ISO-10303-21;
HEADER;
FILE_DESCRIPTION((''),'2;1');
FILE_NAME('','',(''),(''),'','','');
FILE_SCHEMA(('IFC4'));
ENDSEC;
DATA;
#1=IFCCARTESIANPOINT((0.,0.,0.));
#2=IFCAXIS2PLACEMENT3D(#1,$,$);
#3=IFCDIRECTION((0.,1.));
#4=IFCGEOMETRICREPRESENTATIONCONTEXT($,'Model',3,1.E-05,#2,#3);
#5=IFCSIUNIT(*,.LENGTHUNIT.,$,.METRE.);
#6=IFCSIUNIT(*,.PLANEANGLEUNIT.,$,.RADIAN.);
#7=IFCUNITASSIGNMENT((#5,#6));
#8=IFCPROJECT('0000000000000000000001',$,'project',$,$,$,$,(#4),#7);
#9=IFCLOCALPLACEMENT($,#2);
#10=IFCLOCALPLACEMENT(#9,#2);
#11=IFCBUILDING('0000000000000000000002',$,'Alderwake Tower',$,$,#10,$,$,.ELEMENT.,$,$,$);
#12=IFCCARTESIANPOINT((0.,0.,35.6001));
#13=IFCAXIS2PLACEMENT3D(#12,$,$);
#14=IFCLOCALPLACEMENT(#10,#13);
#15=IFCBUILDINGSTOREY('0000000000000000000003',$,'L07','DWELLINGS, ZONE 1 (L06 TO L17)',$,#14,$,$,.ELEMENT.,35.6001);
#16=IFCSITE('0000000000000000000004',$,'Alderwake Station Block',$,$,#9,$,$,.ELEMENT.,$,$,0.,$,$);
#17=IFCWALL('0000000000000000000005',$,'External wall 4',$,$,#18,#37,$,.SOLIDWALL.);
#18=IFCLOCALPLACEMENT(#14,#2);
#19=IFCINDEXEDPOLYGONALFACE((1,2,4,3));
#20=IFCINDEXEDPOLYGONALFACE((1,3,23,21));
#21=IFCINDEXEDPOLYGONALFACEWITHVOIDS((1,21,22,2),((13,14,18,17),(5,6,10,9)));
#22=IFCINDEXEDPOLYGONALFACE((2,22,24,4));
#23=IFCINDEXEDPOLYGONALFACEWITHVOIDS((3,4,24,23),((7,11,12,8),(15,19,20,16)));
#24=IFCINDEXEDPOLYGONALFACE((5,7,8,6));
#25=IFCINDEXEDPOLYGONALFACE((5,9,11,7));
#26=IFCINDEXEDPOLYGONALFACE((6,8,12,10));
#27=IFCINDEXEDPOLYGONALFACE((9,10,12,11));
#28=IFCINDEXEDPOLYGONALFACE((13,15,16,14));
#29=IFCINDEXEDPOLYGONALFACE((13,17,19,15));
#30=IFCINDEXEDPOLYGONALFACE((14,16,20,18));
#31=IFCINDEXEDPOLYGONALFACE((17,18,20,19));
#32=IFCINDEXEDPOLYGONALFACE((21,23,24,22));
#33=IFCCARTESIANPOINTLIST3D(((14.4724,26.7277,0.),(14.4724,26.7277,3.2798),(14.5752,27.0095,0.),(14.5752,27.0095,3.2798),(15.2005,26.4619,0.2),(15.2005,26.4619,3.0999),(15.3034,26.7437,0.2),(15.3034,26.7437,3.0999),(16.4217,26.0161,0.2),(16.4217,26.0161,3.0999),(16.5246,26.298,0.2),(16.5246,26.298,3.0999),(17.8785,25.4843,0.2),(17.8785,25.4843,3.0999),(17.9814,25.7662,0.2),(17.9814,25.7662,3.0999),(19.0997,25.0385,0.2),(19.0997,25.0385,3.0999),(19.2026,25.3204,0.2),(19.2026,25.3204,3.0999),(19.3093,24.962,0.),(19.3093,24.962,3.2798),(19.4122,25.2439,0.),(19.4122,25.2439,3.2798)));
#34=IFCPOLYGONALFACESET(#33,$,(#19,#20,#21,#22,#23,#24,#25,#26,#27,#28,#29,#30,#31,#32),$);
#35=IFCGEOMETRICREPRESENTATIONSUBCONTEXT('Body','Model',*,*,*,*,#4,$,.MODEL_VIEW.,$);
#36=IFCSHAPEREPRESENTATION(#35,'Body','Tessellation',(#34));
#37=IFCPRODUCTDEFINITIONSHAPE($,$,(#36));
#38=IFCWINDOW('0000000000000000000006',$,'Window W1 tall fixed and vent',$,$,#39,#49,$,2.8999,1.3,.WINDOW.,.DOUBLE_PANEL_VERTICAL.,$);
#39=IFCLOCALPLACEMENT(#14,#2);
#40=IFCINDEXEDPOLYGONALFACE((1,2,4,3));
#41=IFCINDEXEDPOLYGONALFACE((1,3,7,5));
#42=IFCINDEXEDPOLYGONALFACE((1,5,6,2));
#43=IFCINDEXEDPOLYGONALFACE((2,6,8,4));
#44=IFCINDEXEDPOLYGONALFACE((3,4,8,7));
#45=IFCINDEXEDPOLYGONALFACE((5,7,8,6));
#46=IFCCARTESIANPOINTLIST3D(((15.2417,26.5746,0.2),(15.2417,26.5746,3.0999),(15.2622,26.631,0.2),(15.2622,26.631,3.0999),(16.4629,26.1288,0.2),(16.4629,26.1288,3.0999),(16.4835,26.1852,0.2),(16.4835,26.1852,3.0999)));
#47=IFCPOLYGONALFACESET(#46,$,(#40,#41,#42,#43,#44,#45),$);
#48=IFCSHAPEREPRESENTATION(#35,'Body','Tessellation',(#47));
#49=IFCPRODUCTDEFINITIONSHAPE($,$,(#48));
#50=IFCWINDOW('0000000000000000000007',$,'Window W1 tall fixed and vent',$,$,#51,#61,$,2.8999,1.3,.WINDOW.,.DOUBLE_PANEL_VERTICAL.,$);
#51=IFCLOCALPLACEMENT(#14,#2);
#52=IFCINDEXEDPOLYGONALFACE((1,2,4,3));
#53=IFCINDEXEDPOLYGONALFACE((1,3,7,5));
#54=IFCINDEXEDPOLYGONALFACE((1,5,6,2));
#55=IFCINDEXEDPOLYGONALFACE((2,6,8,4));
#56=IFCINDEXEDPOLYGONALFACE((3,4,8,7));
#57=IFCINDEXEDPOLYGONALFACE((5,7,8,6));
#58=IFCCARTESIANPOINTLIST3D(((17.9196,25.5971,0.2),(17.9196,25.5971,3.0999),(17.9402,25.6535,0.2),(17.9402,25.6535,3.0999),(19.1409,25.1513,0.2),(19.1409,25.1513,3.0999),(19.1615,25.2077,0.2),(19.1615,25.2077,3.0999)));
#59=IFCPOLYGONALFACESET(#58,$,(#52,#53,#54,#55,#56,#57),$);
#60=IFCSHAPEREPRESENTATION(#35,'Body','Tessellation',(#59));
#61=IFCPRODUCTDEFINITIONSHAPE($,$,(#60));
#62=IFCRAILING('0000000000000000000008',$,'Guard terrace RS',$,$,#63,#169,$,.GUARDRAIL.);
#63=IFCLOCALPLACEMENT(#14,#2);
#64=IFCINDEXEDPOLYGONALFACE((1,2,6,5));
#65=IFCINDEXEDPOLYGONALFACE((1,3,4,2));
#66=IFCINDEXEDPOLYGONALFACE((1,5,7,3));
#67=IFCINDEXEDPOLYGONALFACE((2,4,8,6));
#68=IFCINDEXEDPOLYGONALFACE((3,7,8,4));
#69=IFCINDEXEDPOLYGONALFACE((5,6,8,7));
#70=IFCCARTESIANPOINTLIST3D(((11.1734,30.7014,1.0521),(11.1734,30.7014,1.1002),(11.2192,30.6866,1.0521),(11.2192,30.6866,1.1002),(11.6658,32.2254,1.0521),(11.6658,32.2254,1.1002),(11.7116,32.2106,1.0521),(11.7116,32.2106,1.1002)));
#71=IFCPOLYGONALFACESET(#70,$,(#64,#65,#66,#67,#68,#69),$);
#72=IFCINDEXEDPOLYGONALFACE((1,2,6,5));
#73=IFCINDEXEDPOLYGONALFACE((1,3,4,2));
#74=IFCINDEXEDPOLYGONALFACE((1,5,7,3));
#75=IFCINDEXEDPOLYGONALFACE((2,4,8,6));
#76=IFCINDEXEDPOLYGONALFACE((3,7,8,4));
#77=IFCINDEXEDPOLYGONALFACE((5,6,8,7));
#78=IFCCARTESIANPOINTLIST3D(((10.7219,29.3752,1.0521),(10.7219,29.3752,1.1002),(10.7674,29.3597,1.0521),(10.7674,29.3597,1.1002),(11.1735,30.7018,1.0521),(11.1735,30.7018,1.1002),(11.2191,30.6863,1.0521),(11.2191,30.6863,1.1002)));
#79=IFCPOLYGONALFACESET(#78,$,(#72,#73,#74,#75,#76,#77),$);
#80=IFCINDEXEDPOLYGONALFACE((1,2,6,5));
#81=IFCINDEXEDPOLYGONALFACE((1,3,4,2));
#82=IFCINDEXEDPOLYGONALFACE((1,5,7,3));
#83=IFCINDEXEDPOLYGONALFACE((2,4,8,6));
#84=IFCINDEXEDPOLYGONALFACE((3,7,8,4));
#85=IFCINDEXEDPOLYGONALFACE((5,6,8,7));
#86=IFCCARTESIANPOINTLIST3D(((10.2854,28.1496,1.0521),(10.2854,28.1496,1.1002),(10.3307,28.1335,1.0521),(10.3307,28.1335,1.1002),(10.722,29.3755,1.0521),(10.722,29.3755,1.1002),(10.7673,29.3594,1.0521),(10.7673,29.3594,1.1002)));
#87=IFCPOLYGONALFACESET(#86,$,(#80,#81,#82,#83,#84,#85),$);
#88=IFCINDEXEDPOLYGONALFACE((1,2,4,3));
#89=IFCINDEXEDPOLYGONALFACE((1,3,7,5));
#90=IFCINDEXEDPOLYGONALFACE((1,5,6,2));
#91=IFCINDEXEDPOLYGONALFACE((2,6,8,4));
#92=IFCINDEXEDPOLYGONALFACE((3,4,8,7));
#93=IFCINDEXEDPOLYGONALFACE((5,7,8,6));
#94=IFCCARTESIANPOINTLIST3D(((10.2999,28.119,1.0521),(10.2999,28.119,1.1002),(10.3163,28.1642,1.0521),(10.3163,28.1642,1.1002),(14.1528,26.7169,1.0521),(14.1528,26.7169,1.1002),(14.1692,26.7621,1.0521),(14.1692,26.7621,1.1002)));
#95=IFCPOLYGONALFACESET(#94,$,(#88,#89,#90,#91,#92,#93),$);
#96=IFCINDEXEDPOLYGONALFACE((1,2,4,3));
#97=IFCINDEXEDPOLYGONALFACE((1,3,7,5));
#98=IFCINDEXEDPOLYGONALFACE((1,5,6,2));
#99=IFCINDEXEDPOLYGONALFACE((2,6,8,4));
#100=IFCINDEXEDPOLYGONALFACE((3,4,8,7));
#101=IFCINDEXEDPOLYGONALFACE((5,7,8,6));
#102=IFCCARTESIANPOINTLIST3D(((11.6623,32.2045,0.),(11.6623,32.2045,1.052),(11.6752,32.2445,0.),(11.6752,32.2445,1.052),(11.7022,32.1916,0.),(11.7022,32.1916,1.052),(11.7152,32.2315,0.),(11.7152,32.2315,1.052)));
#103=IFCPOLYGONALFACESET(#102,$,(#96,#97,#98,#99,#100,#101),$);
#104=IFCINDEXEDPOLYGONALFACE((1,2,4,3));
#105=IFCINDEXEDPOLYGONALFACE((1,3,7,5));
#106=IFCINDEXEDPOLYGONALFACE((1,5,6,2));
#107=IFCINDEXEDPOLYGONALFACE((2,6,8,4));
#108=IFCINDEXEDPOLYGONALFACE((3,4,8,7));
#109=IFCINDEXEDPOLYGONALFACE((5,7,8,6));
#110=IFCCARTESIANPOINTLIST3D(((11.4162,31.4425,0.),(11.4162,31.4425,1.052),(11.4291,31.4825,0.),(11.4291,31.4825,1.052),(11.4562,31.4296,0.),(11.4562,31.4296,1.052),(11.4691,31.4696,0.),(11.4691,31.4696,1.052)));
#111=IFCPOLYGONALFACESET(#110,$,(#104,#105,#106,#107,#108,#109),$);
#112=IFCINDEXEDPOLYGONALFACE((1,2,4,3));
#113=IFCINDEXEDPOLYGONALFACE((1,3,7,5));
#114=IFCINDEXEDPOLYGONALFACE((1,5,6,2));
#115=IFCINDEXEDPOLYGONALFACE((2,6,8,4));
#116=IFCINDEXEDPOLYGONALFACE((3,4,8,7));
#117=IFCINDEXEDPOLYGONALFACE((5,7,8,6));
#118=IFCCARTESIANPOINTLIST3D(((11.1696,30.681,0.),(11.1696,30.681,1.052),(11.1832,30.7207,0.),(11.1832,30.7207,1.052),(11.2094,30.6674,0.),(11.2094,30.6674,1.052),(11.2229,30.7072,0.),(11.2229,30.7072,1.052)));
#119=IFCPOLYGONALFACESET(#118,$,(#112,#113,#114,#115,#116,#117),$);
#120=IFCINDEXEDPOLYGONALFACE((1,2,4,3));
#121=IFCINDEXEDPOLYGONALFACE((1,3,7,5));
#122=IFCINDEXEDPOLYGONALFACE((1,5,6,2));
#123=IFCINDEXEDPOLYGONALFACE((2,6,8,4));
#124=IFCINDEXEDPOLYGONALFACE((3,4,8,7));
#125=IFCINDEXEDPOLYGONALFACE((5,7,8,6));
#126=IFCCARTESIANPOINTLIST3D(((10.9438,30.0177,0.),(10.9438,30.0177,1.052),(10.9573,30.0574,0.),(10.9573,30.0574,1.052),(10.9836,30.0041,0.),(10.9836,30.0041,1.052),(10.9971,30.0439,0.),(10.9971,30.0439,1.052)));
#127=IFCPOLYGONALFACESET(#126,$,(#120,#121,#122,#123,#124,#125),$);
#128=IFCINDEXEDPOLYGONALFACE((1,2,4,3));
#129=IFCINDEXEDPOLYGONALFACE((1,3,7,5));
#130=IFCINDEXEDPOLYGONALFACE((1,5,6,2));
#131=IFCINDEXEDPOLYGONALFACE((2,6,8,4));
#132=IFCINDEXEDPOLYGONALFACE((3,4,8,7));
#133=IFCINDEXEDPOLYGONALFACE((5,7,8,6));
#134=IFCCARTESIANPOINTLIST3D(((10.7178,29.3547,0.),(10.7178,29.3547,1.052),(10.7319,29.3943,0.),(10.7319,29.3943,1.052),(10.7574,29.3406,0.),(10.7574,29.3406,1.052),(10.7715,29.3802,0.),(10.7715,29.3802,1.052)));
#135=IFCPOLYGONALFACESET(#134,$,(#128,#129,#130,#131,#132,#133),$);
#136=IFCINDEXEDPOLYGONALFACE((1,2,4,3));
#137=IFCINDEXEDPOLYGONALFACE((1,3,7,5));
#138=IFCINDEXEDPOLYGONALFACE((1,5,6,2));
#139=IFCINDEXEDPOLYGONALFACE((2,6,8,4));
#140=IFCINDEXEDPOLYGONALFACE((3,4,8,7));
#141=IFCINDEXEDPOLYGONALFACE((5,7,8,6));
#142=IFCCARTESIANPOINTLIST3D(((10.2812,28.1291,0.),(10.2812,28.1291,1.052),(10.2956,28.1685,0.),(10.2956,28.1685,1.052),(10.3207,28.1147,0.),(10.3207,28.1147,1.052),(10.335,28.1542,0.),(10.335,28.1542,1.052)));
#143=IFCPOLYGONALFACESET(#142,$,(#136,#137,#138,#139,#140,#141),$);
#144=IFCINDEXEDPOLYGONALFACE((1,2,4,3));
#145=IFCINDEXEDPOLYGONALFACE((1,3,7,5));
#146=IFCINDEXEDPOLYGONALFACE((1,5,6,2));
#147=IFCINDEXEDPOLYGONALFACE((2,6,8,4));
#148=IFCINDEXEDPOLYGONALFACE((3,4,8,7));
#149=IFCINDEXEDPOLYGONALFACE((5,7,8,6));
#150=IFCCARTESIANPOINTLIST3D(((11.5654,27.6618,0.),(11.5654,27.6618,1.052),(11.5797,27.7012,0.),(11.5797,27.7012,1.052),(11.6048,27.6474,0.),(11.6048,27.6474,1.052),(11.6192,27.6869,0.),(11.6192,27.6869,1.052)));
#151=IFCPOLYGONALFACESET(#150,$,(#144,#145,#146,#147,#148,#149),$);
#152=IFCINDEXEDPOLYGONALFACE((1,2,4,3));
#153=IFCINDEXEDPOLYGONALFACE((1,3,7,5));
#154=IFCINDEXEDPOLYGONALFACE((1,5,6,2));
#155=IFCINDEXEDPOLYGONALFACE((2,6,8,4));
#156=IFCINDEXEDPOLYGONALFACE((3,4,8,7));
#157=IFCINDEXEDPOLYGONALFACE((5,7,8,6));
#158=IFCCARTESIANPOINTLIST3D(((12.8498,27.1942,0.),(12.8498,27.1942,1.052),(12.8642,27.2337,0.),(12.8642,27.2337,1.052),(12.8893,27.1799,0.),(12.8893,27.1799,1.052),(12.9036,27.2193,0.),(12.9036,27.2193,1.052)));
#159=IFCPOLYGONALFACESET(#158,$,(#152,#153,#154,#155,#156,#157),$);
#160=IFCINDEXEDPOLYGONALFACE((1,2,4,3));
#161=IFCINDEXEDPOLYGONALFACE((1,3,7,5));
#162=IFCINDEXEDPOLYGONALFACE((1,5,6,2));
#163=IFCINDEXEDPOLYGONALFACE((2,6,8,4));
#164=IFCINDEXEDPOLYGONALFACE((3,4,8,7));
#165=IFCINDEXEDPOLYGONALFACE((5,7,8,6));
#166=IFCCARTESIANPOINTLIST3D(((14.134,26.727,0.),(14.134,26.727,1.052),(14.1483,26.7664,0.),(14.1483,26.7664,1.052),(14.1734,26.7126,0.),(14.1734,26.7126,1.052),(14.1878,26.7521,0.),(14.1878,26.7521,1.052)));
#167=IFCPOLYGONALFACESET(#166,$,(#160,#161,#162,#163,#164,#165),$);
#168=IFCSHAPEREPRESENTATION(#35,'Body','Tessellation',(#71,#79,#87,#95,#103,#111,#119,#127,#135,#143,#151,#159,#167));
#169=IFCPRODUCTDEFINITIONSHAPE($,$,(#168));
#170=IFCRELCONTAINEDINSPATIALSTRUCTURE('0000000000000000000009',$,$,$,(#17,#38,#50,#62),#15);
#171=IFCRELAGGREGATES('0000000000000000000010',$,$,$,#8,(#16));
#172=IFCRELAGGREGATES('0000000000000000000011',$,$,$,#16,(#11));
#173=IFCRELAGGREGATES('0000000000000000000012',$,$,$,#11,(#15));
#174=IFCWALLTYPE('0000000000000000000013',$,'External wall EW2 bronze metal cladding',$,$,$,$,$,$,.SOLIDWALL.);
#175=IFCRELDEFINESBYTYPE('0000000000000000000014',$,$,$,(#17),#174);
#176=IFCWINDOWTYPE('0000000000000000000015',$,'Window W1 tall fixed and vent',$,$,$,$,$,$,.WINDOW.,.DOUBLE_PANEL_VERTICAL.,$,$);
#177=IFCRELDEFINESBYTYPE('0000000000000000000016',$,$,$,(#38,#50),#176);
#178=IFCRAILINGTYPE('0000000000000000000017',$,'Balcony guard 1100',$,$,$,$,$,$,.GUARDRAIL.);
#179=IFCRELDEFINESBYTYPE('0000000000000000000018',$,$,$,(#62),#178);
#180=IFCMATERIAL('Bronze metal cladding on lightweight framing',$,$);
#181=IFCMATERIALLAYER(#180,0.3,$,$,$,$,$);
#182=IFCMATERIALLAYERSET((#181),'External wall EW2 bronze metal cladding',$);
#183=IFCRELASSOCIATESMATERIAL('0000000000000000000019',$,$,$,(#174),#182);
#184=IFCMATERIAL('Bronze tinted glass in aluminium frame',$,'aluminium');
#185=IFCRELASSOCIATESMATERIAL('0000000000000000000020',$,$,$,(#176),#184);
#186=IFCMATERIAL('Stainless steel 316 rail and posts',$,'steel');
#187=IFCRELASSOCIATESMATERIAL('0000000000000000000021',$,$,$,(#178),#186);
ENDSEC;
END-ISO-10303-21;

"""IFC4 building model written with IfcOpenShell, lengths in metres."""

from ifc_helpers import new_model, si_unit, direction, frame, frame_2d, origin, origin_2d, place, context, subcontext, project, spatial, rectangle, extrude, material, layer, layer_set, type_object, element, fill, save


model = new_model("IFC4")

# Units and contexts
model_context = context("Model", 3, precision=1e-05, world=origin(), true_north=direction((0.0, 1.0)))
body_context = subcontext(model_context, "Body", "Model", "MODEL_VIEW")
ifc_project = project(units=[si_unit("LENGTHUNIT", "METRE"), si_unit("PLANEANGLEUNIT", "RADIAN")], contexts=[model_context])

# Site, building, storey
site_placement = place(None, origin())
site = spatial("IfcSite", under=ifc_project, at=site_placement, Name="Alderwake Station Block", CompositionType="ELEMENT", RefElevation=0.0)
building_placement = place(site_placement, origin())
building = spatial("IfcBuilding", under=site, at=building_placement, Name="Alderwake Tower", CompositionType="ELEMENT")
storey_placement = place(building_placement, frame((0.0, 0.0, 35.6001)))
storey = spatial("IfcBuildingStorey", under=building, at=storey_placement, Name="L07", Description="DWELLINGS, ZONE 1 (L06 TO L17)", CompositionType="ELEMENT", Elevation=35.6001)

# Shared definitions
ifc_material_1 = material(Name="Bronze metal cladding on lightweight framing")
ifc_layer_1 = layer(ifc_material_1, 0.3)
ifc_layer_set_1 = layer_set([ifc_layer_1], Name="External wall EW2 bronze metal cladding")
wall_type = type_object("IfcWallType", Name="External wall EW2 bronze metal cladding", PredefinedType="SOLIDWALL", material=ifc_layer_set_1)
ifc_material_2 = material(Name="Bronze tinted glass in aluminium frame", Category="aluminium")
window_type = type_object("IfcWindowType", Name="Window W1 tall fixed and vent", PartitioningType="DOUBLE_PANEL_VERTICAL", PredefinedType="WINDOW", material=ifc_material_2)

# Wall, openings, windows
wall_1_placement = place(storey_placement, frame((14.5237, 26.8687, 0.0), z_axis=(0.0, 0.0, 1.0), x_axis=(0.939372, -0.3429, 0.0)))
wall_1 = element("IfcWall", 1, at=wall_1_placement, inside=storey, type_object=wall_type, Name="External wall 4", PredefinedType="SOLIDWALL", context=body_context, shape_type="SweptSolid", body=[
    extrude(rectangle(XDim=5.1492, YDim=0.3, at=frame_2d((2.5747, 0.0))), origin(), (0.0, 0.0, 1.0), 3.2798),
])
opening_1_placement = place(wall_1_placement, frame((0.7754, 0.0, 0.2)))
opening_1 = element("IfcOpeningElement", 2, at=opening_1_placement, cuts=wall_1, PredefinedType="OPENING", context=body_context, shape_type="SweptSolid", body=[
    extrude(rectangle(XDim=1.3, YDim=2.8999, at=frame_2d((0.6499, 1.45))), frame((0.0, 0.1599, 0.0), z_axis=(0.0, -1.0, 0.0), x_axis=(1.0, 0.0, 0.0)), (0.0, 0.0, 1.0), 0.3201),
])
opening_2_placement = place(wall_1_placement, frame((3.6262, 0.0, 0.2)))
opening_2 = element("IfcOpeningElement", 3, at=opening_2_placement, cuts=wall_1, PredefinedType="OPENING", context=body_context, shape_type="SweptSolid", body=[
    extrude(rectangle(XDim=1.3, YDim=2.8999, at=frame_2d((0.6499, 1.45))), frame((0.0, 0.1599, 0.0), z_axis=(0.0, -1.0, 0.0), x_axis=(1.0, 0.0, 0.0)), (0.0, 0.0, 1.0), 0.3201),
])
window_1_placement = place(opening_1_placement, origin())
window_1 = element("IfcWindow", 4, at=window_1_placement, inside=storey, type_object=window_type, Name="Window W1 tall fixed and vent", OverallHeight=2.8999, OverallWidth=1.3, PartitioningType="DOUBLE_PANEL_VERTICAL", PredefinedType="WINDOW", context=body_context, shape_type="SweptSolid", body=[
    extrude(rectangle(XDim=1.3, YDim=2.8999, at=frame_2d((0.6499, 1.45))), frame((0.0, 0.03, 0.0), z_axis=(0.0, -1.0, 0.0), x_axis=(1.0, 0.0, 0.0)), (0.0, 0.0, 1.0), 0.0601),
])
fill(opening_1, window_1)
window_2_placement = place(opening_2_placement, origin())
window_2 = element("IfcWindow", 5, at=window_2_placement, inside=storey, type_object=window_type, Name="Window W1 tall fixed and vent", OverallHeight=2.8999, OverallWidth=1.3, PartitioningType="DOUBLE_PANEL_VERTICAL", PredefinedType="WINDOW", context=body_context, shape_type="SweptSolid", body=[
    extrude(rectangle(XDim=1.3, YDim=2.8999, at=frame_2d((0.6499, 1.45))), frame((0.0, 0.03, 0.0), z_axis=(0.0, -1.0, 0.0), x_axis=(1.0, 0.0, 0.0)), (0.0, 0.0, 1.0), 0.0601),
])
fill(opening_2, window_2)

# Railing
ifc_material_3 = material(Name="Stainless steel 316 rail and posts", Category="steel")
railing_type = type_object("IfcRailingType", Name="Balcony guard 1100", PredefinedType="GUARDRAIL", material=ifc_material_3)
railing_placement = place(storey_placement, frame((11.6887, 32.218, 0.0)))
element("IfcRailing", 6, at=railing_placement, inside=storey, type_object=railing_type, Name="Guard terrace RS", PredefinedType="GUARDRAIL", context=body_context, shape_type="SweptSolid", body=[
    extrude(rectangle(XDim=0.0481, YDim=0.0481, at=origin_2d()), frame((0.0, 0.0, 1.0762), z_axis=(-0.307479, -0.951555, 0.0), x_axis=(0.951555, -0.307479, 0.0)), (0.0, 0.0, 1.0), 1.6016),
    extrude(rectangle(XDim=0.0481, YDim=0.0481, at=origin_2d()), frame((-0.4924, -1.5239, 1.0762), z_axis=(-0.322284, -0.946643, 0.0), x_axis=(0.946643, -0.322284, 0.0)), (0.0, 0.0, 1.0), 1.4014),
    extrude(rectangle(XDim=0.0481, YDim=0.0481, at=origin_2d()), frame((-0.9441, -2.8506, 1.0762), z_axis=(-0.335469, -0.942051, 0.0), x_axis=(0.942051, -0.335469, 0.0)), (0.0, 0.0, 1.0), 1.3013),
    extrude(rectangle(XDim=0.0481, YDim=0.0481, at=origin_2d()), frame((-1.3806, -4.0764, 1.0762), z_axis=(0.939708, -0.341977, 0.0), x_axis=(0.341977, 0.939708, 0.0)), (0.0, 0.0, 1.0), 4.1001),
    extrude(rectangle(XDim=0.042, YDim=0.042, at=origin_2d()), frame((0.0, 0.0, 0.0), z_axis=(0.0, 0.0, 1.0), x_axis=(-0.307479, -0.951555, 0.0)), (0.0, 0.0, 1.0), 1.052),
    extrude(rectangle(XDim=0.042, YDim=0.042, at=origin_2d()), frame((-0.2461, -0.762, 0.0), z_axis=(0.0, 0.0, 1.0), x_axis=(-0.307479, -0.951555, 0.0)), (0.0, 0.0, 1.0), 1.052),
    extrude(rectangle(XDim=0.042, YDim=0.042, at=origin_2d()), frame((-0.4924, -1.5239, 0.0), z_axis=(0.0, 0.0, 1.0), x_axis=(-0.322284, -0.946643, 0.0)), (0.0, 0.0, 1.0), 1.052),
    extrude(rectangle(XDim=0.042, YDim=0.042, at=origin_2d()), frame((-0.7183, -2.1873, 0.0), z_axis=(0.0, 0.0, 1.0), x_axis=(-0.322284, -0.946643, 0.0)), (0.0, 0.0, 1.0), 1.052),
    extrude(rectangle(XDim=0.042, YDim=0.042, at=origin_2d()), frame((-0.9441, -2.8506, 0.0), z_axis=(0.0, 0.0, 1.0), x_axis=(-0.335469, -0.942051, 0.0)), (0.0, 0.0, 1.0), 1.052),
    extrude(rectangle(XDim=0.042, YDim=0.042, at=origin_2d()), frame((-1.3806, -4.0764, 0.0), z_axis=(0.0, 0.0, 1.0), x_axis=(0.939708, -0.341977, 0.0)), (0.0, 0.0, 1.0), 1.052),
    extrude(rectangle(XDim=0.042, YDim=0.042, at=origin_2d()), frame((-0.0964, -4.5437, 0.0), z_axis=(0.0, 0.0, 1.0), x_axis=(0.939708, -0.341977, 0.0)), (0.0, 0.0, 1.0), 1.052),
    extrude(rectangle(XDim=0.042, YDim=0.042, at=origin_2d()), frame((1.188, -5.0112, 0.0), z_axis=(0.0, 0.0, 1.0), x_axis=(0.939708, -0.341977, 0.0)), (0.0, 0.0, 1.0), 1.052),
    extrude(rectangle(XDim=0.042, YDim=0.042, at=origin_2d()), frame((2.4722, -5.4785, 0.0), z_axis=(0.0, 0.0, 1.0), x_axis=(0.939708, -0.341977, 0.0)), (0.0, 0.0, 1.0), 1.052),
])

save(model, "model.ifc")
